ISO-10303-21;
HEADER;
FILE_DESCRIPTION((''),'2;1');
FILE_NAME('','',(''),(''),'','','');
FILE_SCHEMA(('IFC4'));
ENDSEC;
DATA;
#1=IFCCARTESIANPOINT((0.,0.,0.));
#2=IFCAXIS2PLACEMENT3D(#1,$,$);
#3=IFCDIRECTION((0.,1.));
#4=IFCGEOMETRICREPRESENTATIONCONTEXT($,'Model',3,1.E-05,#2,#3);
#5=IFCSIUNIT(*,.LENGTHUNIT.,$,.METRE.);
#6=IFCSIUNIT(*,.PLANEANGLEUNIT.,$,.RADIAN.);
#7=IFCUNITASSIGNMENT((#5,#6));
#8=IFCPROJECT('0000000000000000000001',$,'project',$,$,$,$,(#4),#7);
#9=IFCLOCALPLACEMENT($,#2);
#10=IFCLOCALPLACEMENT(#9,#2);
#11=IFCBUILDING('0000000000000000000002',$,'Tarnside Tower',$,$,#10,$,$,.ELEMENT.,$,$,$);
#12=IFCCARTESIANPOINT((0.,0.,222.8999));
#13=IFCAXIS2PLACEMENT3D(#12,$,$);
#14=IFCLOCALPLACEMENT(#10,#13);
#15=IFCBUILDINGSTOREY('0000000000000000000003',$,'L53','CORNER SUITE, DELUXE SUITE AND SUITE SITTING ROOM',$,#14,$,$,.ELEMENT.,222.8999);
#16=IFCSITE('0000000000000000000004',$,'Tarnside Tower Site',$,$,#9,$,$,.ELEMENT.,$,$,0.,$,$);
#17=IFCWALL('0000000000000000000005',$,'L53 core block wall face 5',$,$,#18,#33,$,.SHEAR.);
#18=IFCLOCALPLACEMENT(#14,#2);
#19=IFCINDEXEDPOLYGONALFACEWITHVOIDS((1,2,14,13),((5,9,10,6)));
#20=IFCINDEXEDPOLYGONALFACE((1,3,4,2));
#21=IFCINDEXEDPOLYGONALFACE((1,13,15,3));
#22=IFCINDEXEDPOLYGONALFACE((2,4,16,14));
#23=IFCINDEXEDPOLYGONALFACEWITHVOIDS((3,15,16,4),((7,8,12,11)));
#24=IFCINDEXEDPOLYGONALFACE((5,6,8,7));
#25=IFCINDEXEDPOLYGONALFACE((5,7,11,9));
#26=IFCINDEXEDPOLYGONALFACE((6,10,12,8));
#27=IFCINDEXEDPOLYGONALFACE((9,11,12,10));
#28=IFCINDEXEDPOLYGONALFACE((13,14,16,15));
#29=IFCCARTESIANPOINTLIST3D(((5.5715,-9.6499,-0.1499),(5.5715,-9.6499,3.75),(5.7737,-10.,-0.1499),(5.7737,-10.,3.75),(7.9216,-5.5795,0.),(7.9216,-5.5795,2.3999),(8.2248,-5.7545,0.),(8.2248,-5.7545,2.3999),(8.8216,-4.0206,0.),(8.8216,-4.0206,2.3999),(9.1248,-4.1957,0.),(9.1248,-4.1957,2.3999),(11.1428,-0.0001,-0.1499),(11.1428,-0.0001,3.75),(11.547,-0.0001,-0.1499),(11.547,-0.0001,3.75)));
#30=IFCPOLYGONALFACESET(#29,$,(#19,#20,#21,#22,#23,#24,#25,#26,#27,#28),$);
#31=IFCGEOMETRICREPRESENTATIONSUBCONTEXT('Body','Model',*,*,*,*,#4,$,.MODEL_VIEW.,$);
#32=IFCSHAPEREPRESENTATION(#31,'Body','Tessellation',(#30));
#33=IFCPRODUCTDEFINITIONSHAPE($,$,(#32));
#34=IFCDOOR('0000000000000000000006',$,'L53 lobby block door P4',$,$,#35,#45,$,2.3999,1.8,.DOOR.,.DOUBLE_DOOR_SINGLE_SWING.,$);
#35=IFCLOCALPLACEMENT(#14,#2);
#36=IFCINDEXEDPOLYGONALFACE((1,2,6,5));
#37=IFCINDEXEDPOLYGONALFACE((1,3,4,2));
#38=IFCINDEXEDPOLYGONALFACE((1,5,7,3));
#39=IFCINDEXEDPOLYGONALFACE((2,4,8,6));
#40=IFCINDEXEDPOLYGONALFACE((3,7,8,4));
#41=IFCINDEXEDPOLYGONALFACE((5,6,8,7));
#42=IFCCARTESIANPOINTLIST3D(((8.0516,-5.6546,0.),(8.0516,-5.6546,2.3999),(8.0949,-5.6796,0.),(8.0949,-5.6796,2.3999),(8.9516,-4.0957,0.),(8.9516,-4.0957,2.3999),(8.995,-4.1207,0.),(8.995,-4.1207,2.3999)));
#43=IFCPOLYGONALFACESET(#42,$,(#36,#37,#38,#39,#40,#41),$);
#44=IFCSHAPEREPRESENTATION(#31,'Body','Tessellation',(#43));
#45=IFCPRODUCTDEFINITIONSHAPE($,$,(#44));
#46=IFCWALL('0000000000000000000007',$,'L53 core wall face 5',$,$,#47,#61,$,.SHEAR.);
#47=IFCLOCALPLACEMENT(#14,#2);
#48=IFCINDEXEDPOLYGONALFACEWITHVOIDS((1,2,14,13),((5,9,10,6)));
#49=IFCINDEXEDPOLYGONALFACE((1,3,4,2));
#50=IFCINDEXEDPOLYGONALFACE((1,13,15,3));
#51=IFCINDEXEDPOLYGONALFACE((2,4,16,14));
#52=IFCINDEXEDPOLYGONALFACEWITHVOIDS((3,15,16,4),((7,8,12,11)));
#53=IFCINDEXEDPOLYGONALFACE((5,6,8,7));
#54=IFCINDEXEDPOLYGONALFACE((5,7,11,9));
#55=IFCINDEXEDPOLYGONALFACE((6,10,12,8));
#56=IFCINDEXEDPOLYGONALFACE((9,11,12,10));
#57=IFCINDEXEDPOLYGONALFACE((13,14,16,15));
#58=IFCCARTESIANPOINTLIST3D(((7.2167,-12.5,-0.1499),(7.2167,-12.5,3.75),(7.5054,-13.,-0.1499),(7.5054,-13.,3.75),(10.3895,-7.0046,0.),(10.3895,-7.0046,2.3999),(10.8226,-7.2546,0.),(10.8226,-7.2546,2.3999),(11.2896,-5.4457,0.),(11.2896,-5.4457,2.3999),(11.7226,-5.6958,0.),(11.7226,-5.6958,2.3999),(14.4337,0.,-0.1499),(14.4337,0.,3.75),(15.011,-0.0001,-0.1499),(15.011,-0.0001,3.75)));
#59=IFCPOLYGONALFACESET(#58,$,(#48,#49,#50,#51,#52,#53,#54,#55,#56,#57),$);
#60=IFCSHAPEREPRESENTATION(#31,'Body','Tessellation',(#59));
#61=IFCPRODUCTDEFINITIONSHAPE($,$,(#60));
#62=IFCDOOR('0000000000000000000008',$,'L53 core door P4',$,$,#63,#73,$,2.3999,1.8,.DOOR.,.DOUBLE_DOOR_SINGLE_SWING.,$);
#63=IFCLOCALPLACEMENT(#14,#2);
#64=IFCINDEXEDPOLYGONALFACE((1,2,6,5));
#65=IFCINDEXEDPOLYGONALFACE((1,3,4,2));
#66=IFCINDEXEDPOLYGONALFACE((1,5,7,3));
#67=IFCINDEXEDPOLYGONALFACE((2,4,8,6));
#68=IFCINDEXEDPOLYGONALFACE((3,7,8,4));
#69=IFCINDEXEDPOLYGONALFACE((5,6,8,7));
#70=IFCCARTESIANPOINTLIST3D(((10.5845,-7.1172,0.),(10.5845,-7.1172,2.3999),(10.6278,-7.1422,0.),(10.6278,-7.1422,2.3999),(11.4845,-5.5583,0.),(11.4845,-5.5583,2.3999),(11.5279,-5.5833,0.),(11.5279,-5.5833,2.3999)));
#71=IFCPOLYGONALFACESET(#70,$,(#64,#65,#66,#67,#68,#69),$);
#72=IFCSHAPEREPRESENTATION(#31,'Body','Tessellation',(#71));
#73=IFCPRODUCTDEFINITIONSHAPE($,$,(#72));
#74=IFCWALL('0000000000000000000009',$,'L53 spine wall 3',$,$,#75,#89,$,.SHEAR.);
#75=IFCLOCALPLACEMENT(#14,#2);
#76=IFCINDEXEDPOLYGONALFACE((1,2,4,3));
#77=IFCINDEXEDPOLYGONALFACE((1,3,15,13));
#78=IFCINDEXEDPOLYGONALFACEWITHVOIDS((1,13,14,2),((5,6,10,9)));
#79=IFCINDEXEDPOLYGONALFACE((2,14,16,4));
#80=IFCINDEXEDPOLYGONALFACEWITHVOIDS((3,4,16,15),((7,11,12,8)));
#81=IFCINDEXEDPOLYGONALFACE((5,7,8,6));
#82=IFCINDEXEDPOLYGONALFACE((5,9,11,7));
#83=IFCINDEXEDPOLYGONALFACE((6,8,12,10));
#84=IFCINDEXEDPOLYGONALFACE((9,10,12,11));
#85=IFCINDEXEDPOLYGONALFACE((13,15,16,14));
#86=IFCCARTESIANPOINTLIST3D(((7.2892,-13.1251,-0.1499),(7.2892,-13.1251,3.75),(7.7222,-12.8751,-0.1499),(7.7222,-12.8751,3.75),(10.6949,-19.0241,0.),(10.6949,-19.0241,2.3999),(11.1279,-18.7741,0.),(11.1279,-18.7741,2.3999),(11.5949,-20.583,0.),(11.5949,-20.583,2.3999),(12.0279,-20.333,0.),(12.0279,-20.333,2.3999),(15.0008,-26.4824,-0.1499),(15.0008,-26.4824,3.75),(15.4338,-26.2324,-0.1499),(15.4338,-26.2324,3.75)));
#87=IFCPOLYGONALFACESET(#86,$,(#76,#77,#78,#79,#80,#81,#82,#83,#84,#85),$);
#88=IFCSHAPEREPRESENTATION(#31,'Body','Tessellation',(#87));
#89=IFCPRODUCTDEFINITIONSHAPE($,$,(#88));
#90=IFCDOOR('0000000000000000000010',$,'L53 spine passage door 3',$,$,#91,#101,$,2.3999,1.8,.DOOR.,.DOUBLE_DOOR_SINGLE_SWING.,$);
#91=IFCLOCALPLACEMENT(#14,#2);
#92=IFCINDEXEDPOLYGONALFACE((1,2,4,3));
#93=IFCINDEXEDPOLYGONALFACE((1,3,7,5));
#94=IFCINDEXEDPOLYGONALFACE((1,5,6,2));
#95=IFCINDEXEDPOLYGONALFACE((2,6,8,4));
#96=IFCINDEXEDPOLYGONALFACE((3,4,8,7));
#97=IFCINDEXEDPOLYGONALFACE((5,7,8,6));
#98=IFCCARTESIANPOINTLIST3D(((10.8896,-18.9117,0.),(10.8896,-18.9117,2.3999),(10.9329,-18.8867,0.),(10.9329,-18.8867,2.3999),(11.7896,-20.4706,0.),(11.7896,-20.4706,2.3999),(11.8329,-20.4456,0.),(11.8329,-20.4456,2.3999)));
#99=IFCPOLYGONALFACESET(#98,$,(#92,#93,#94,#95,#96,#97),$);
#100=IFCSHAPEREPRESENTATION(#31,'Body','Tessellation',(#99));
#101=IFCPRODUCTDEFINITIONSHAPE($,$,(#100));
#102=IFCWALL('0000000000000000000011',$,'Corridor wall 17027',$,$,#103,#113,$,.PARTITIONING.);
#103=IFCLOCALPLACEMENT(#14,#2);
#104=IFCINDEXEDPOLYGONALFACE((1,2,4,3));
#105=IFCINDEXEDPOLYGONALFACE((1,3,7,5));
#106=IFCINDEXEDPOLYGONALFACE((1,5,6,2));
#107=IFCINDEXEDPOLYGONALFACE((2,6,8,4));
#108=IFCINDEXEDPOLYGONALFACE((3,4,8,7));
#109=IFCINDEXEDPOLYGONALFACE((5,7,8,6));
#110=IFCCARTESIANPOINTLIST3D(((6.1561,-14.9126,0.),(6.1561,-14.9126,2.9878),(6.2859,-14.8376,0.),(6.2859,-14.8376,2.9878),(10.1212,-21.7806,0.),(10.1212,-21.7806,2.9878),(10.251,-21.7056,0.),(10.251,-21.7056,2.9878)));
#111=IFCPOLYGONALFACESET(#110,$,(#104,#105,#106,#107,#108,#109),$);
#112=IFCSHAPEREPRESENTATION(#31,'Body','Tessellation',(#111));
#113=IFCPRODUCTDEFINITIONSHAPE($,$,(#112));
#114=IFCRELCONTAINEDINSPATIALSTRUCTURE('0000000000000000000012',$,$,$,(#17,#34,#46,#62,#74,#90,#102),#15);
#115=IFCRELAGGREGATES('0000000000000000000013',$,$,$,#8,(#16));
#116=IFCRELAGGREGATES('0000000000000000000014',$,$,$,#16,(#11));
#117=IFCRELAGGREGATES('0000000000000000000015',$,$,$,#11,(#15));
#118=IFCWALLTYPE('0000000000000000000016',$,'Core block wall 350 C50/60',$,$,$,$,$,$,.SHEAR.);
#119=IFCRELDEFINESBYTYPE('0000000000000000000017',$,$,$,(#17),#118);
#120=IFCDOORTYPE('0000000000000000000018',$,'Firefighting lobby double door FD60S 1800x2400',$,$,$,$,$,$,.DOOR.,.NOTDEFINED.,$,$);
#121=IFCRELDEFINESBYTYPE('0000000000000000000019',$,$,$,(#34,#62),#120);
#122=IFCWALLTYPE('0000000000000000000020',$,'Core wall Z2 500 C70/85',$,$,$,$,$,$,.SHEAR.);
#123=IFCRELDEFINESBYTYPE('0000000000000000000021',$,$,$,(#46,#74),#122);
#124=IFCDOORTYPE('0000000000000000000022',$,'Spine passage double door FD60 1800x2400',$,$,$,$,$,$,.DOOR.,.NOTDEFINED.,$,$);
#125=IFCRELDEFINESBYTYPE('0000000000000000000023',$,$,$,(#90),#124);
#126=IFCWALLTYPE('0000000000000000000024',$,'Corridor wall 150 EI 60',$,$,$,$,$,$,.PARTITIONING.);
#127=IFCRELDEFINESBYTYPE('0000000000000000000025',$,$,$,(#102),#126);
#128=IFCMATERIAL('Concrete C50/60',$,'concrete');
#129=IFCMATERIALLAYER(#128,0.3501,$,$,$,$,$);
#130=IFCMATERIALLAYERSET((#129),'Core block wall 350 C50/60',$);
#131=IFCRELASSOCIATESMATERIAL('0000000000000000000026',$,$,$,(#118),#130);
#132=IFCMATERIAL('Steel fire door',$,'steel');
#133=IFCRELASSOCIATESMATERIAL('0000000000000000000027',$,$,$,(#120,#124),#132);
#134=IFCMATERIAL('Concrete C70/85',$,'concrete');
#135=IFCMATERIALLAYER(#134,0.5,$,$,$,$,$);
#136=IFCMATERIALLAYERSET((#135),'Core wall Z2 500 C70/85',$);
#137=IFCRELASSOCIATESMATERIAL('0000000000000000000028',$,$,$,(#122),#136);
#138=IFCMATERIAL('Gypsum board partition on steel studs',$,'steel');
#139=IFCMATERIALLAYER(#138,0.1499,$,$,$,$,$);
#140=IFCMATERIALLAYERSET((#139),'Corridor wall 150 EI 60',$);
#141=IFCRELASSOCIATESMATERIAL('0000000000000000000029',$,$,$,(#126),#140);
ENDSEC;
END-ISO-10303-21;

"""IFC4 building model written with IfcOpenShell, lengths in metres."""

from ifc_helpers import new_model, si_unit, direction, frame, frame_2d, origin, place, context, subcontext, project, spatial, polyline, rectangle, outline, extrude, material, layer, layer_set, type_object, element, fill, save


model = new_model("IFC4")

# Units and contexts
model_context = context("Model", 3, precision=1e-05, world=origin(), true_north=direction((0.0, 1.0)))
body_context = subcontext(model_context, "Body", "Model", "MODEL_VIEW")
ifc_project = project(units=[si_unit("LENGTHUNIT", "METRE"), si_unit("PLANEANGLEUNIT", "RADIAN")], contexts=[model_context])

# Site, building, storey
site_placement = place(None, origin())
site = spatial("IfcSite", under=ifc_project, at=site_placement, Name="Tarnside Tower Site", CompositionType="ELEMENT", RefElevation=0.0)
building_placement = place(site_placement, origin())
building = spatial("IfcBuilding", under=site, at=building_placement, Name="Tarnside Tower", CompositionType="ELEMENT")
storey_placement = place(building_placement, frame((0.0, 0.0, 222.8999)))
storey = spatial("IfcBuildingStorey", under=building, at=storey_placement, Name="L53", Description="CORNER SUITE, DELUXE SUITE AND SUITE SITTING ROOM", CompositionType="ELEMENT", Elevation=222.8999)

# Shared definitions
ifc_material_1 = material(Name="Gypsum board partition on steel studs", Category="steel")

# Walls, openings, doors
ifc_material_2 = material(Name="Concrete C50/60", Category="concrete")
ifc_layer_1 = layer(ifc_material_2, 0.3501)
ifc_layer_set_1 = layer_set([ifc_layer_1], Name="Core block wall 350 C50/60")
wall_type_1 = type_object("IfcWallType", Name="Core block wall 350 C50/60", PredefinedType="SHEAR", material=ifc_layer_set_1)
wall_1_placement = place(storey_placement, frame((5.6726, -9.825, -0.1499), z_axis=(0.0, 0.0, 1.0), x_axis=(0.499995, 0.866028, 0.0)))
wall_1 = element("IfcWall", 1, at=wall_1_placement, inside=storey, type_object=wall_type_1, Name="L53 core block wall face 5", PredefinedType="SHEAR", context=body_context, shape_type="SweptSolid", body=[
    extrude(outline(polyline([(-0.1011, -0.175), (11.4458, -0.175), (11.2437, 0.175), (0.1011, 0.175), (-0.1011, -0.175)])), origin(), (0.0, 0.0, 1.0), 3.8999),
])
opening_1_placement = place(wall_1_placement, frame((4.8013, 0.0, 0.1499)))
opening_1 = element("IfcOpeningElement", 2, at=opening_1_placement, cuts=wall_1, PredefinedType="OPENING", context=body_context, shape_type="SweptSolid", body=[
    extrude(rectangle(XDim=1.8, YDim=2.3999, at=frame_2d((0.8999, 1.2))), frame((0.0, 0.1851, 0.0), z_axis=(0.0, -1.0, 0.0), x_axis=(1.0, 0.0, 0.0)), (0.0, 0.0, 1.0), 0.3701),
])
ifc_material_3 = material(Name="Steel fire door", Category="steel")
door_type_1 = type_object("IfcDoorType", Name="Firefighting lobby double door FD60S 1800x2400", OperationType="NOTDEFINED", PredefinedType="DOOR", material=ifc_material_3)
door_1_placement = place(opening_1_placement, origin())
door_1 = element("IfcDoor", 3, at=door_1_placement, inside=storey, type_object=door_type_1, Name="L53 lobby block door P4", OperationType="DOUBLE_DOOR_SINGLE_SWING", OverallHeight=2.3999, OverallWidth=1.8, PredefinedType="DOOR", context=body_context, shape_type="SweptSolid", body=[
    extrude(rectangle(XDim=1.8, YDim=2.3999, at=frame_2d((0.8999, 1.2))), frame((0.0, 0.0249, 0.0), z_axis=(0.0, -1.0, 0.0), x_axis=(1.0, 0.0, 0.0)), (0.0, 0.0, 1.0), 0.05),
])
fill(opening_1, door_1)
ifc_material_4 = material(Name="Concrete C70/85", Category="concrete")
ifc_layer_2 = layer(ifc_material_4, 0.5)
ifc_layer_set_2 = layer_set([ifc_layer_2], Name="Core wall Z2 500 C70/85")
wall_type_2 = type_object("IfcWallType", Name="Core wall Z2 500 C70/85", PredefinedType="SHEAR", material=ifc_layer_set_2)
wall_2_placement = place(storey_placement, frame((7.3611, -12.75, -0.1499), z_axis=(0.0, 0.0, 1.0), x_axis=(0.500006, 0.866022, 0.0)))
wall_2 = element("IfcWall", 4, at=wall_2_placement, inside=storey, type_object=wall_type_2, Name="L53 core wall face 5", PredefinedType="SHEAR", context=body_context, shape_type="SweptSolid", body=[
    extrude(outline(polyline([(-0.1443, -0.25), (14.8667, -0.25), (14.5781, 0.25), (0.1443, 0.25), (-0.1443, -0.25)])), origin(), (0.0, 0.0, 1.0), 3.8999),
])
opening_2_placement = place(wall_2_placement, frame((6.49, 0.0, 0.1499)))
opening_2 = element("IfcOpeningElement", 5, at=opening_2_placement, cuts=wall_2, PredefinedType="OPENING", context=body_context, shape_type="SweptSolid", body=[
    extrude(rectangle(XDim=1.8, YDim=2.3999, at=frame_2d((0.8999, 1.2))), frame((0.0, 0.26, 0.0), z_axis=(0.0, -1.0, 0.0), x_axis=(1.0, 0.0, 0.0)), (0.0, 0.0, 1.0), 0.52),
])
door_2_placement = place(opening_2_placement, origin())
door_2 = element("IfcDoor", 6, at=door_2_placement, inside=storey, type_object=door_type_1, Name="L53 core door P4", OperationType="DOUBLE_DOOR_SINGLE_SWING", OverallHeight=2.3999, OverallWidth=1.8, PredefinedType="DOOR", context=body_context, shape_type="SweptSolid", body=[
    extrude(rectangle(XDim=1.8, YDim=2.3999, at=frame_2d((0.8999, 1.2))), frame((0.0, 0.0249, 0.0), z_axis=(0.0, -1.0, 0.0), x_axis=(1.0, 0.0, 0.0)), (0.0, 0.0, 1.0), 0.05),
])
fill(opening_2, door_2)
wall_3_placement = place(storey_placement, frame((7.5056, -13.0, -0.1499), z_axis=(0.0, 0.0, 1.0), x_axis=(0.499988, -0.866032, 0.0)))
wall_3 = element("IfcWall", 7, at=wall_3_placement, inside=storey, type_object=wall_type_2, Name="L53 spine wall 3", PredefinedType="SHEAR", context=body_context, shape_type="SweptSolid", body=[
    extrude(rectangle(XDim=15.4236, YDim=0.5, at=frame_2d((7.7119, 0.0))), origin(), (0.0, 0.0, 1.0), 3.8999),
])
opening_3_placement = place(wall_3_placement, frame((6.8118, 0.0, 0.1499)))
opening_3 = element("IfcOpeningElement", 8, at=opening_3_placement, cuts=wall_3, PredefinedType="OPENING", context=body_context, shape_type="SweptSolid", body=[
    extrude(rectangle(XDim=1.8, YDim=2.3999, at=frame_2d((0.8999, 1.2))), frame((0.0, 0.26, 0.0), z_axis=(0.0, -1.0, 0.0), x_axis=(1.0, 0.0, 0.0)), (0.0, 0.0, 1.0), 0.52),
])
door_type_2 = type_object("IfcDoorType", Name="Spine passage double door FD60 1800x2400", OperationType="NOTDEFINED", PredefinedType="DOOR", material=ifc_material_3)
door_3_placement = place(opening_3_placement, origin())
door_3 = element("IfcDoor", 9, at=door_3_placement, inside=storey, type_object=door_type_2, Name="L53 spine passage door 3", OperationType="DOUBLE_DOOR_SINGLE_SWING", OverallHeight=2.3999, OverallWidth=1.8, PredefinedType="DOOR", context=body_context, shape_type="SweptSolid", body=[
    extrude(rectangle(XDim=1.8, YDim=2.3999, at=frame_2d((0.8999, 1.2))), frame((0.0, 0.0249, 0.0), z_axis=(0.0, -1.0, 0.0), x_axis=(1.0, 0.0, 0.0)), (0.0, 0.0, 1.0), 0.05),
])
fill(opening_3, door_3)

# Wall
ifc_layer_3 = layer(ifc_material_1, 0.1499)
ifc_layer_set_3 = layer_set([ifc_layer_3], Name="Corridor wall 150 EI 60")
wall_type_3 = type_object("IfcWallType", Name="Corridor wall 150 EI 60", PredefinedType="PARTITIONING", material=ifc_layer_set_3)
wall_4_placement = place(storey_placement, frame((6.2209, -14.875, 0.0), z_axis=(0.0, 0.0, 1.0), x_axis=(0.49999, -0.866031, 0.0)))
element("IfcWall", 10, at=wall_4_placement, inside=storey, type_object=wall_type_3, Name="Corridor wall 17027", PredefinedType="PARTITIONING", context=body_context, shape_type="SweptSolid", body=[
    extrude(rectangle(XDim=7.9304, YDim=0.1499, at=frame_2d((3.9653, 0.0))), origin(), (0.0, 0.0, 1.0), 2.9878),
])

save(model, "model.ifc")
